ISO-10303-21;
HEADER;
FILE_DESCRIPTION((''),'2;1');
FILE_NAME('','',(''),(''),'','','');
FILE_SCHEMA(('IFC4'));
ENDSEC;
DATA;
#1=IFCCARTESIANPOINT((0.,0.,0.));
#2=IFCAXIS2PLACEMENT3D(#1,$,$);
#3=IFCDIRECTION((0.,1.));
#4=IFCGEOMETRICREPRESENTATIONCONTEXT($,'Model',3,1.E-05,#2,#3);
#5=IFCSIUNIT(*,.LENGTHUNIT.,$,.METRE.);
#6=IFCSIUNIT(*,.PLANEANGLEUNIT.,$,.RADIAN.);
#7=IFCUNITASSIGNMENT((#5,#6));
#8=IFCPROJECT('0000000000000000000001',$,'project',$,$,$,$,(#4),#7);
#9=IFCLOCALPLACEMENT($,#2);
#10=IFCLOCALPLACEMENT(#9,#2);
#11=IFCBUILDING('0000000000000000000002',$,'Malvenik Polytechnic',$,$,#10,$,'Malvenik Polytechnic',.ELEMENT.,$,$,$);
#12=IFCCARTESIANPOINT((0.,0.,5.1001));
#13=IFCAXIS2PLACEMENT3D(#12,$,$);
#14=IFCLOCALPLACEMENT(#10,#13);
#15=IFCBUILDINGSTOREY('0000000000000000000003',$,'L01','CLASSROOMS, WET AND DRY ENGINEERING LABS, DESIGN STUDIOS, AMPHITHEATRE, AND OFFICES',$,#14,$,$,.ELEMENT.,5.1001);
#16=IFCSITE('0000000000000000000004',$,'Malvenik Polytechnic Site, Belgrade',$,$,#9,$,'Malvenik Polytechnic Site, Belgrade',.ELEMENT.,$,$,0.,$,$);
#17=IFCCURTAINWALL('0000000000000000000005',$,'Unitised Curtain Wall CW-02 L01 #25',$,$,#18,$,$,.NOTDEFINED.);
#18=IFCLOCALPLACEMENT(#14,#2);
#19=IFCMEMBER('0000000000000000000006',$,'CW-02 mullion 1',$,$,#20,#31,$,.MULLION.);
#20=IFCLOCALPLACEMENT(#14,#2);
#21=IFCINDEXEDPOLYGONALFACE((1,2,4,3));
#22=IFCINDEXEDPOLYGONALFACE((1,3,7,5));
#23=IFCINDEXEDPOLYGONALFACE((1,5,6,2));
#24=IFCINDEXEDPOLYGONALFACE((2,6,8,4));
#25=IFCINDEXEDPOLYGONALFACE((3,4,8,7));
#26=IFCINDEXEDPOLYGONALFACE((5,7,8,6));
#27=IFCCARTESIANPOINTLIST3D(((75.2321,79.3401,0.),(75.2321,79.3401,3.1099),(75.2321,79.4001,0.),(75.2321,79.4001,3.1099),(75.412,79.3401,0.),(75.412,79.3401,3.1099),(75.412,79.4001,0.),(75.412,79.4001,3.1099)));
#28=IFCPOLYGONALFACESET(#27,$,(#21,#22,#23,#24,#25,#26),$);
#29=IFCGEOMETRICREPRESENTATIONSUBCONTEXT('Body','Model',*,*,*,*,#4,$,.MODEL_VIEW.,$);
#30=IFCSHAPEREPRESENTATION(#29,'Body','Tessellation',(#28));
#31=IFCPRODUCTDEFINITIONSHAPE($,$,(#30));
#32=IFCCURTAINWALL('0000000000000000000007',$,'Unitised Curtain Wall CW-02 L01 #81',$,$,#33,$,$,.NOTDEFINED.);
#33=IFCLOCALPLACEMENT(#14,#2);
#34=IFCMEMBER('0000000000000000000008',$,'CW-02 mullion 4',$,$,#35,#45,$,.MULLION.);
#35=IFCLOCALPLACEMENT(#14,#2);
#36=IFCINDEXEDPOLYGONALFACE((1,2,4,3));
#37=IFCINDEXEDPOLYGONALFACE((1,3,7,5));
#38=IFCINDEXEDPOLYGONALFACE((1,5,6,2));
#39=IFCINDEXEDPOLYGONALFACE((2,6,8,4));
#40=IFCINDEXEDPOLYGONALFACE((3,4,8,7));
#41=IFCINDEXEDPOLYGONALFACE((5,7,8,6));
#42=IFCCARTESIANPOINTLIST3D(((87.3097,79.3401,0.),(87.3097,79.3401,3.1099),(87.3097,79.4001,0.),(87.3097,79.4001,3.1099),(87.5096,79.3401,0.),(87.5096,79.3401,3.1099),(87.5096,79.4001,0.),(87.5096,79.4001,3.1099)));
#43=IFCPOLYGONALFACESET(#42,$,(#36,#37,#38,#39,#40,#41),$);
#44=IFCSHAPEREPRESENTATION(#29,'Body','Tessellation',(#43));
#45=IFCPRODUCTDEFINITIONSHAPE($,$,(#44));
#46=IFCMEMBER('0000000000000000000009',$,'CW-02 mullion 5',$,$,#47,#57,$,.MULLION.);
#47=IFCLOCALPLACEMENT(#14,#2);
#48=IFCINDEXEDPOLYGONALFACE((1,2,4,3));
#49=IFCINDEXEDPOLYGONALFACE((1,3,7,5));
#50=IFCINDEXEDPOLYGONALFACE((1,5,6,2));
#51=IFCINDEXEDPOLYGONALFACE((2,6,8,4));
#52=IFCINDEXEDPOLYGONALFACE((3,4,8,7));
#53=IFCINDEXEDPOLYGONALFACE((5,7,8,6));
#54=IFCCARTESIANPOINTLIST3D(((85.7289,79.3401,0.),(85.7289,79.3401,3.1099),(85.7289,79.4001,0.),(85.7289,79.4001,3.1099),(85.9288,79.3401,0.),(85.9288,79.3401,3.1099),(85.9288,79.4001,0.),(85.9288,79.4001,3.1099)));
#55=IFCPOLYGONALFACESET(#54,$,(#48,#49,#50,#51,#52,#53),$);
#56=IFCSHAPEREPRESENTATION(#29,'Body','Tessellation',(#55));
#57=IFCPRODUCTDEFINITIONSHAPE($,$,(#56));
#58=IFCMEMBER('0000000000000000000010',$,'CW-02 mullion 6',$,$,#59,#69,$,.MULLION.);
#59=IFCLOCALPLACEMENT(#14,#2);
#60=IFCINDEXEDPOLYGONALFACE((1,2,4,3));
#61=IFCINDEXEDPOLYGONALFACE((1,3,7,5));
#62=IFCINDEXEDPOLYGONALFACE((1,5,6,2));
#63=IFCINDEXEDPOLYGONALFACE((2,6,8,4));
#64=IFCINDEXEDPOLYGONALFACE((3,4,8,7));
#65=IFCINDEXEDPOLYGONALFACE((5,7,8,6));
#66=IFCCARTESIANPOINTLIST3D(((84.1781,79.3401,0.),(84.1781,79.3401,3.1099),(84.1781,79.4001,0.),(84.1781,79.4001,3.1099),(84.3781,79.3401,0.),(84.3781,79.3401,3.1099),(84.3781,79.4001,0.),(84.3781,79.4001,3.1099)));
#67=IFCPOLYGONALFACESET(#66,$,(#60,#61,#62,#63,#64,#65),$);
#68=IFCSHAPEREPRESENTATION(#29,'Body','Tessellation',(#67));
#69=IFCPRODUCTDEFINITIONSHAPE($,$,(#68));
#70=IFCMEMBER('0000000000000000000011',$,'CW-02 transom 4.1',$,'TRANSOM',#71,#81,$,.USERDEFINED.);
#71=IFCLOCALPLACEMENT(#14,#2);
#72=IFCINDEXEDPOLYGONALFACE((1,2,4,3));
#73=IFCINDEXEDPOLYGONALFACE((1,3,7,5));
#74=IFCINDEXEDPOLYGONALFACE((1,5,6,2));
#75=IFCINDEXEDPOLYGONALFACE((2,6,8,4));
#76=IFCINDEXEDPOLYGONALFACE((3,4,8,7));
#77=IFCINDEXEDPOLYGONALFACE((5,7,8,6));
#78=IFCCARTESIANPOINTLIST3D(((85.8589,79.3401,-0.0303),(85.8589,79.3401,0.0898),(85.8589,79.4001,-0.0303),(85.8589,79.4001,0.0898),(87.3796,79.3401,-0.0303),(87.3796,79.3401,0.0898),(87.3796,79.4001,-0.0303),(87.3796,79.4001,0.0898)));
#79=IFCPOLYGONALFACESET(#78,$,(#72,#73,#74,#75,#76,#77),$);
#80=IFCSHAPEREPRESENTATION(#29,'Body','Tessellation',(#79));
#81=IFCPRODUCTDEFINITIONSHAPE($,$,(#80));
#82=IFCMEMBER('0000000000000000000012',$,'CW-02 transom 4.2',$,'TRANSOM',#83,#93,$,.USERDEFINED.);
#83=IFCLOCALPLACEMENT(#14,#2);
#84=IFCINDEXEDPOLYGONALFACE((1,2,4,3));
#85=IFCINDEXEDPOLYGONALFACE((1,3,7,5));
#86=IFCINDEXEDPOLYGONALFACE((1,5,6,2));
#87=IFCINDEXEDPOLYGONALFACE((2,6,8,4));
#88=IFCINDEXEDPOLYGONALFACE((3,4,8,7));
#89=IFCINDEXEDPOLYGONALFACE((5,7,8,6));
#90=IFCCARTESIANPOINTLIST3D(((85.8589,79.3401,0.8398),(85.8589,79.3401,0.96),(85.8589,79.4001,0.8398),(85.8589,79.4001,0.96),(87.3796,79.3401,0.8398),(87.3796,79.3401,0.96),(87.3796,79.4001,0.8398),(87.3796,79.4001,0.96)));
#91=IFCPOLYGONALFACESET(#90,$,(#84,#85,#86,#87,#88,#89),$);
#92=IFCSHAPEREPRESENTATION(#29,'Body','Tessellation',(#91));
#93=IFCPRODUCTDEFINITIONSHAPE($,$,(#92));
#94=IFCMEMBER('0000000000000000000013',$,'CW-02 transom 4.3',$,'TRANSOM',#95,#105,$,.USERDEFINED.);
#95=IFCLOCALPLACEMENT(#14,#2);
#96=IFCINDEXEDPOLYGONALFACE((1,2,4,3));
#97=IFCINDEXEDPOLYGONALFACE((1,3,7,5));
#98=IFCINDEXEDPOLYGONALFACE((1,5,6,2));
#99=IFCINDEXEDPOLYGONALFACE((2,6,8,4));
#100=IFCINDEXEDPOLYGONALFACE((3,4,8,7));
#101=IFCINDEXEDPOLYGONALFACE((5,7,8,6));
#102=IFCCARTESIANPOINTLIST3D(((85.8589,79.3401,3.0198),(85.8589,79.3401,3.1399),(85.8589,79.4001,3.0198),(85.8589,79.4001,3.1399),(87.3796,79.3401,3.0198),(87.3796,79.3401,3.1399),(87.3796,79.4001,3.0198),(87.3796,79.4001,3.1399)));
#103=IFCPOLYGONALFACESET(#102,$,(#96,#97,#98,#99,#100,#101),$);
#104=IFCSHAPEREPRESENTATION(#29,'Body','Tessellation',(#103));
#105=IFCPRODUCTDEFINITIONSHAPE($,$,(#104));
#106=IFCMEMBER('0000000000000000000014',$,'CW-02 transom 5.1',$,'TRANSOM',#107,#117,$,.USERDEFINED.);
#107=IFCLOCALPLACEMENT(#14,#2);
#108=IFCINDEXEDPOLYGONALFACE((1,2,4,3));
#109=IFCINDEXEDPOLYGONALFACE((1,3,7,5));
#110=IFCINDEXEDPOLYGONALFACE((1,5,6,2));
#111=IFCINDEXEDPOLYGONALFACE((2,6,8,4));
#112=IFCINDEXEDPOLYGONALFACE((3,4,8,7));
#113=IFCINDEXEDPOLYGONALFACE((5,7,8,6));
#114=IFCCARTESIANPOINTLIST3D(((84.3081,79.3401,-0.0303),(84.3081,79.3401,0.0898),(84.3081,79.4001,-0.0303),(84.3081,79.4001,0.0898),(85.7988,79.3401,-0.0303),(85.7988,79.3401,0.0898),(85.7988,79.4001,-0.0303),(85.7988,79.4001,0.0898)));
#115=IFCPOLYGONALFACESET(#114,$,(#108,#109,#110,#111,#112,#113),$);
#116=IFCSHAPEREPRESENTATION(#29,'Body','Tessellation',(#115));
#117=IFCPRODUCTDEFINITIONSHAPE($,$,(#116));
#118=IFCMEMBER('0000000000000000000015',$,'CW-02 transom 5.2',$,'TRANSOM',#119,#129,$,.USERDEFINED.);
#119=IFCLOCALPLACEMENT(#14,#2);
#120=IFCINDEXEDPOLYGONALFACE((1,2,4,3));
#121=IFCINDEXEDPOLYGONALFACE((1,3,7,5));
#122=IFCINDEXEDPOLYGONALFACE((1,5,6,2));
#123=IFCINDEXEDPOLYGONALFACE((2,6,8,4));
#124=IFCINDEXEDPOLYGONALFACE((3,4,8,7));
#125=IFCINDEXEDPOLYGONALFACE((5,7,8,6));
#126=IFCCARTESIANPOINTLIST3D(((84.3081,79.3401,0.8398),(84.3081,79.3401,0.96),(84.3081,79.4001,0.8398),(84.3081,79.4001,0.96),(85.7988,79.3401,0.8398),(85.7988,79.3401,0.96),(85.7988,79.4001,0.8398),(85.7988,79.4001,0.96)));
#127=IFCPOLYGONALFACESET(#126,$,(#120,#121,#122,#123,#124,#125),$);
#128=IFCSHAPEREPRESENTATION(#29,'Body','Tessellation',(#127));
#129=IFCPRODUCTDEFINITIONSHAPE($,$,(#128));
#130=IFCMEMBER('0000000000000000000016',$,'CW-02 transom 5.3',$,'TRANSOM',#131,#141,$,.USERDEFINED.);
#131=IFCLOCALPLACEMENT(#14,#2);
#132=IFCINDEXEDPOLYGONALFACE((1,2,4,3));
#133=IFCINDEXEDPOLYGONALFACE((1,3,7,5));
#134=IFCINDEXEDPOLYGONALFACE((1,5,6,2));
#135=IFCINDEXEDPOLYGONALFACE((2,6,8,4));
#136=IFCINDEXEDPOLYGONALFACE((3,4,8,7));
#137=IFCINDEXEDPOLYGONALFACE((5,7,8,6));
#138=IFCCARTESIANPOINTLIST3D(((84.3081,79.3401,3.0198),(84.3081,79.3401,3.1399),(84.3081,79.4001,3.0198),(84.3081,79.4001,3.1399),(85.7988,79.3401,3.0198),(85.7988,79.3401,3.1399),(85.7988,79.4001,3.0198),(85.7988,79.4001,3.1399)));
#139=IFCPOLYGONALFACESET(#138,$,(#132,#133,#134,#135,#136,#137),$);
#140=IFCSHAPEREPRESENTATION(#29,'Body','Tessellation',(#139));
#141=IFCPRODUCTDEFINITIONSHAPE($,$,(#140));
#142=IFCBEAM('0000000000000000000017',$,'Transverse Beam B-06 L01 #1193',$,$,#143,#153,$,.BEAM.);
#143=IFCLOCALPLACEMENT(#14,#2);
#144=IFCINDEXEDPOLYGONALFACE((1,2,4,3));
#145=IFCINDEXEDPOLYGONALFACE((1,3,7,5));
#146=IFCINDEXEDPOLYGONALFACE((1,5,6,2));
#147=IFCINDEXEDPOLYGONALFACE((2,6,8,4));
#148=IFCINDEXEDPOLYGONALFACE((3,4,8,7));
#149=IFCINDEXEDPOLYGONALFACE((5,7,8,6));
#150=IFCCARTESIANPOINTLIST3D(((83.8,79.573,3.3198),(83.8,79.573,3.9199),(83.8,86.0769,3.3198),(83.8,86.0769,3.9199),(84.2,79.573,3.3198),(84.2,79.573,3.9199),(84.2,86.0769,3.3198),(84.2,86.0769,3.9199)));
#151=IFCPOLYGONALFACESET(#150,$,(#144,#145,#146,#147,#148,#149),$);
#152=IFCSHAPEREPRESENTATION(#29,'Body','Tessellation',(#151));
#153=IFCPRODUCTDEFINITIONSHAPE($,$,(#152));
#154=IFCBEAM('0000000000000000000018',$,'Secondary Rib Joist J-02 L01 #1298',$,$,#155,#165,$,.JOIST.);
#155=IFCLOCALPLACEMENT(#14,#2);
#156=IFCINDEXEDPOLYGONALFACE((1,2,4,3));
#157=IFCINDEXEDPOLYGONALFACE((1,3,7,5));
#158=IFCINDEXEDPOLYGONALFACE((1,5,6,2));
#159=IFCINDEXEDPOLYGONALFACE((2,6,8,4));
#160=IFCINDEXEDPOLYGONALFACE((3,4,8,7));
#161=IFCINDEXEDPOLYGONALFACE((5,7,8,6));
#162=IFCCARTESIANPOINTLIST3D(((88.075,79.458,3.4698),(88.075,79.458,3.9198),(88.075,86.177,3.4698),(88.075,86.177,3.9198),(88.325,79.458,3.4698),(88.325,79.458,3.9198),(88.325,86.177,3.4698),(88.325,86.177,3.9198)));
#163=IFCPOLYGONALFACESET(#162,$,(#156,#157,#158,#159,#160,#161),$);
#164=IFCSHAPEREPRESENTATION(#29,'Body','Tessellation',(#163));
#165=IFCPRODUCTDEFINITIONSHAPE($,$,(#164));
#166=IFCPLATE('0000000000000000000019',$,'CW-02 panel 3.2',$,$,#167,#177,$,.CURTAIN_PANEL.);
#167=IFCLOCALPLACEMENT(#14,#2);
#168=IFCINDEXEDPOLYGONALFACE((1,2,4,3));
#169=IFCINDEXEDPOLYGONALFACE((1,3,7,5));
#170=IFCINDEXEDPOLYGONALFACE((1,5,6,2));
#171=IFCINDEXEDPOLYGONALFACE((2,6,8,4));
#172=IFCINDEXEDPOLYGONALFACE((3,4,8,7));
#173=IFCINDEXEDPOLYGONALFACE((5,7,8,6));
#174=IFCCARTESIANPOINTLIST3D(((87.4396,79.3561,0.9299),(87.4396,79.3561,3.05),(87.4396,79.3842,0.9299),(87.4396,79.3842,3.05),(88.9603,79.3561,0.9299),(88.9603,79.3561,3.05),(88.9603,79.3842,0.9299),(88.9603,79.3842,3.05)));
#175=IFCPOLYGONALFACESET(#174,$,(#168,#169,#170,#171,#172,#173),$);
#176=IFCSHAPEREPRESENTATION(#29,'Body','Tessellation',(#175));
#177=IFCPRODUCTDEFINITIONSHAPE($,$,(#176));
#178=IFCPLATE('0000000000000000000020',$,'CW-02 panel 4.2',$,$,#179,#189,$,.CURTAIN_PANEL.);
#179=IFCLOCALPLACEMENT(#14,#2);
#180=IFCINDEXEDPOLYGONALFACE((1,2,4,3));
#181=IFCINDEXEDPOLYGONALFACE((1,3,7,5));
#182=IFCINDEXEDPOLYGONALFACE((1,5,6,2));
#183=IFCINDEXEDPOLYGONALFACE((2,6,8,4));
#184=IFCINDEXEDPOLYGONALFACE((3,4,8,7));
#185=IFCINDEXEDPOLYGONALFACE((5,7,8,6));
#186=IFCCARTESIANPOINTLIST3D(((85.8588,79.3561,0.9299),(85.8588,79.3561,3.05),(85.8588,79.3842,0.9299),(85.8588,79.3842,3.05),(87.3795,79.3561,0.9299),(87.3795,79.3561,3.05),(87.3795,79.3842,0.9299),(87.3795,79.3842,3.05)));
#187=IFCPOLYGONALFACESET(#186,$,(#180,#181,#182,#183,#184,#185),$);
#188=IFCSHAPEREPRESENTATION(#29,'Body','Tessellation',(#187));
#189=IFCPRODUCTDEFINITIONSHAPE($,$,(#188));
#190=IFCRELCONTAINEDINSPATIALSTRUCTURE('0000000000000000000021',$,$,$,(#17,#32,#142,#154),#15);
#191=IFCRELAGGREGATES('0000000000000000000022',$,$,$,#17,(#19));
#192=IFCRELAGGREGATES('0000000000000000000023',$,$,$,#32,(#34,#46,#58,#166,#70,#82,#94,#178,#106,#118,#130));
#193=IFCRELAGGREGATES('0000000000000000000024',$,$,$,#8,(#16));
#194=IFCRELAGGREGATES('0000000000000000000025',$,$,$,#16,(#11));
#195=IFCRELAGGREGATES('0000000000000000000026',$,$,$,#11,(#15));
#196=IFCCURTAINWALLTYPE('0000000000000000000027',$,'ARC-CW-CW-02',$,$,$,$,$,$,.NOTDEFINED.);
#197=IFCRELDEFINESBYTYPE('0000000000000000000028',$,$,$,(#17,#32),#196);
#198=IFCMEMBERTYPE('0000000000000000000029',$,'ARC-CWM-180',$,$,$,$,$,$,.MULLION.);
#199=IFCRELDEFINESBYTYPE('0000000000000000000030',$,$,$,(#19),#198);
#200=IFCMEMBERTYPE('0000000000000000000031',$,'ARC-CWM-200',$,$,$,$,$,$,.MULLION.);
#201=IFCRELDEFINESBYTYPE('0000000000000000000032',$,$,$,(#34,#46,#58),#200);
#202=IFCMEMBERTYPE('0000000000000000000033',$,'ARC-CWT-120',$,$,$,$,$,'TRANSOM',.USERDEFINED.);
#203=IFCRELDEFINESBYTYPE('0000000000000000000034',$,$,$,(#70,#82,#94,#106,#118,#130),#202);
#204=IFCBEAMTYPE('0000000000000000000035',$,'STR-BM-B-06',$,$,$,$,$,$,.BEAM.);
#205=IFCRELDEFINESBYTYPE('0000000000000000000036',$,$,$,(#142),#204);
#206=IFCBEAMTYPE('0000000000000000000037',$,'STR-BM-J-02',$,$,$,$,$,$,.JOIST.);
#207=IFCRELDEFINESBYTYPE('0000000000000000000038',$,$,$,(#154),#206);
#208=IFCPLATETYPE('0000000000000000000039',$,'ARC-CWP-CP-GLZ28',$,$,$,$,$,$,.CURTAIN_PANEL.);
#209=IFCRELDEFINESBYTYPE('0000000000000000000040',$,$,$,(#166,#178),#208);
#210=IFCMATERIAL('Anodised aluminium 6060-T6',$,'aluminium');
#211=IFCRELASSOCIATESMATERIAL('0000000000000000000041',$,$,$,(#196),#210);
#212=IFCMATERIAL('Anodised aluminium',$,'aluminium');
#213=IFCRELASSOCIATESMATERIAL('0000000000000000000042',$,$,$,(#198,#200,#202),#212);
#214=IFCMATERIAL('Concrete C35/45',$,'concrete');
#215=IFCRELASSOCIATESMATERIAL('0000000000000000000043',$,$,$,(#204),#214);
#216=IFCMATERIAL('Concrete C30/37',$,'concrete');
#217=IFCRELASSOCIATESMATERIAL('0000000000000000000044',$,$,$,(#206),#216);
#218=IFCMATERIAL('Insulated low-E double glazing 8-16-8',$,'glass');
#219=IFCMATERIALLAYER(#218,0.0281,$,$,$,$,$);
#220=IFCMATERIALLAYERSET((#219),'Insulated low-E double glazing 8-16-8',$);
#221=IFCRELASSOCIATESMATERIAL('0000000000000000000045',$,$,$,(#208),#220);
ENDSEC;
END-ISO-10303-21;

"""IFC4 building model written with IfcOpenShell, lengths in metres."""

from ifc_helpers import new_model, si_unit, direction, frame, origin, origin_2d, place, context, subcontext, project, spatial, rectangle, extrude, material, layer, layer_set, material_profile, profile_set, type_object, element, aggregate, save


model = new_model("IFC4")

# Units and contexts
model_context = context("Model", 3, precision=1e-05, world=origin(), true_north=direction((0.0, 1.0)))
body_context = subcontext(model_context, "Body", "Model", "MODEL_VIEW")
ifc_project = project(units=[si_unit("LENGTHUNIT", "METRE"), si_unit("PLANEANGLEUNIT", "RADIAN")], contexts=[model_context])

# Site, building, storey
site_placement = place(None, origin())
site = spatial("IfcSite", under=ifc_project, at=site_placement, Name="Malvenik Polytechnic Site, Belgrade", LongName="Malvenik Polytechnic Site, Belgrade", CompositionType="ELEMENT", RefElevation=0.0)
building_placement = place(site_placement, origin())
building = spatial("IfcBuilding", under=site, at=building_placement, Name="Malvenik Polytechnic", LongName="Malvenik Polytechnic", CompositionType="ELEMENT")
storey_placement = place(building_placement, frame((0.0, 0.0, 5.1001)))
storey = spatial("IfcBuildingStorey", under=building, at=storey_placement, Name="L01", Description="CLASSROOMS, WET AND DRY ENGINEERING LABS, DESIGN STUDIOS, AMPHITHEATRE, AND OFFICES", CompositionType="ELEMENT", Elevation=5.1001)

# Curtain wall, member
ifc_material_1 = material(Name="Anodised aluminium 6060-T6", Category="aluminium")
curtain_wall_type = type_object("IfcCurtainWallType", Name="ARC-CW-CW-02", PredefinedType="NOTDEFINED", material=ifc_material_1)
curtain_wall_1_placement = place(storey_placement, origin())
curtain_wall_1 = element("IfcCurtainWall", 1, at=curtain_wall_1_placement, inside=storey, type_object=curtain_wall_type, Name="Unitised Curtain Wall CW-02 L01 #25", PredefinedType="NOTDEFINED")
ifc_material_2 = material(Name="Anodised aluminium", Category="aluminium")
ifc_material_profile_1 = material_profile(ifc_material_2, rectangle(XDim=0.0601, YDim=0.1799, at=origin_2d()), Name="ALU MULLION 60x180")
ifc_profile_set_1 = profile_set([ifc_material_profile_1], Name="Anodised aluminium")
member_type_1 = type_object("IfcMemberType", Name="ARC-CWM-180", PredefinedType="MULLION", material=ifc_profile_set_1)
member_1_placement = place(storey_placement, frame((75.322, 79.3701, 0.0), z_axis=(0.0, 0.0, 1.0), x_axis=(0.0, -1.0, 0.0)))
member_1 = element("IfcMember", 2, at=member_1_placement, type_object=member_type_1, Name="CW-02 mullion 1", PredefinedType="MULLION", context=body_context, shape_type="SweptSolid", body=[
    extrude(rectangle(XDim=0.0601, YDim=0.1799, at=origin_2d()), origin(), (0.0, 0.0, 1.0), 3.1099),
])
aggregate(curtain_wall_1, [member_1])

# Curtain wall, members
curtain_wall_2_placement = place(storey_placement, origin())
curtain_wall_2 = element("IfcCurtainWall", 3, at=curtain_wall_2_placement, inside=storey, type_object=curtain_wall_type, Name="Unitised Curtain Wall CW-02 L01 #81", PredefinedType="NOTDEFINED")
ifc_material_profile_2 = material_profile(ifc_material_2, rectangle(XDim=0.0601, YDim=0.2, at=origin_2d()), Name="ALU MULLION 60x200")
ifc_profile_set_2 = profile_set([ifc_material_profile_2], Name="Anodised aluminium")
member_type_2 = type_object("IfcMemberType", Name="ARC-CWM-200", PredefinedType="MULLION", material=ifc_profile_set_2)
member_2_placement = place(storey_placement, frame((87.4097, 79.3701, 0.0), z_axis=(0.0, 0.0, 1.0), x_axis=(0.0, -1.0, 0.0)))
member_2 = element("IfcMember", 4, at=member_2_placement, type_object=member_type_2, Name="CW-02 mullion 4", PredefinedType="MULLION", context=body_context, shape_type="SweptSolid", body=[
    extrude(rectangle(XDim=0.0601, YDim=0.2, at=origin_2d()), origin(), (0.0, 0.0, 1.0), 3.1099),
])
member_3_placement = place(storey_placement, frame((85.8289, 79.3701, 0.0), z_axis=(0.0, 0.0, 1.0), x_axis=(0.0, -1.0, 0.0)))
member_3 = element("IfcMember", 5, at=member_3_placement, type_object=member_type_2, Name="CW-02 mullion 5", PredefinedType="MULLION", context=body_context, shape_type="SweptSolid", body=[
    extrude(rectangle(XDim=0.0601, YDim=0.2, at=origin_2d()), origin(), (0.0, 0.0, 1.0), 3.1099),
])
member_4_placement = place(storey_placement, frame((84.2781, 79.3701, 0.0), z_axis=(0.0, 0.0, 1.0), x_axis=(0.0, -1.0, 0.0)))
member_4 = element("IfcMember", 6, at=member_4_placement, type_object=member_type_2, Name="CW-02 mullion 6", PredefinedType="MULLION", context=body_context, shape_type="SweptSolid", body=[
    extrude(rectangle(XDim=0.0601, YDim=0.2, at=origin_2d()), origin(), (0.0, 0.0, 1.0), 3.1099),
])
ifc_material_profile_3 = material_profile(ifc_material_2, rectangle(XDim=0.0601, YDim=0.1201, at=origin_2d()), Name="ALU TRANSOM 60x120")
ifc_profile_set_3 = profile_set([ifc_material_profile_3], Name="Anodised aluminium")
member_type_3 = type_object("IfcMemberType", Name="ARC-CWT-120", ElementType="TRANSOM", PredefinedType="USERDEFINED", material=ifc_profile_set_3)
member_5_placement = place(storey_placement, frame((87.3796, 79.3701, 0.0298), z_axis=(-1.0, 0.0, 0.0), x_axis=(0.0, -1.0, 0.0)))
member_5 = element("IfcMember", 7, at=member_5_placement, type_object=member_type_3, Name="CW-02 transom 4.1", ObjectType="TRANSOM", PredefinedType="USERDEFINED", context=body_context, shape_type="SweptSolid", body=[
    extrude(rectangle(XDim=0.0601, YDim=0.1201, at=origin_2d()), origin(), (0.0, 0.0, 1.0), 1.5208),
])
member_6_placement = place(storey_placement, frame((87.3796, 79.3701, 0.8999), z_axis=(-1.0, 0.0, 0.0), x_axis=(0.0, -1.0, 0.0)))
member_6 = element("IfcMember", 8, at=member_6_placement, type_object=member_type_3, Name="CW-02 transom 4.2", ObjectType="TRANSOM", PredefinedType="USERDEFINED", context=body_context, shape_type="SweptSolid", body=[
    extrude(rectangle(XDim=0.0601, YDim=0.1201, at=origin_2d()), origin(), (0.0, 0.0, 1.0), 1.5208),
])
member_7_placement = place(storey_placement, frame((87.3796, 79.3701, 3.0798), z_axis=(-1.0, 0.0, 0.0), x_axis=(0.0, -1.0, 0.0)))
member_7 = element("IfcMember", 9, at=member_7_placement, type_object=member_type_3, Name="CW-02 transom 4.3", ObjectType="TRANSOM", PredefinedType="USERDEFINED", context=body_context, shape_type="SweptSolid", body=[
    extrude(rectangle(XDim=0.0601, YDim=0.1201, at=origin_2d()), origin(), (0.0, 0.0, 1.0), 1.5208),
])
member_8_placement = place(storey_placement, frame((85.7988, 79.3701, 0.0298), z_axis=(-1.0, 0.0, 0.0), x_axis=(0.0, -1.0, 0.0)))
member_8 = element("IfcMember", 10, at=member_8_placement, type_object=member_type_3, Name="CW-02 transom 5.1", ObjectType="TRANSOM", PredefinedType="USERDEFINED", context=body_context, shape_type="SweptSolid", body=[
    extrude(rectangle(XDim=0.0601, YDim=0.1201, at=origin_2d()), origin(), (0.0, 0.0, 1.0), 1.4907),
])
member_9_placement = place(storey_placement, frame((85.7988, 79.3701, 0.8999), z_axis=(-1.0, 0.0, 0.0), x_axis=(0.0, -1.0, 0.0)))
member_9 = element("IfcMember", 11, at=member_9_placement, type_object=member_type_3, Name="CW-02 transom 5.2", ObjectType="TRANSOM", PredefinedType="USERDEFINED", context=body_context, shape_type="SweptSolid", body=[
    extrude(rectangle(XDim=0.0601, YDim=0.1201, at=origin_2d()), origin(), (0.0, 0.0, 1.0), 1.4907),
])
member_10_placement = place(storey_placement, frame((85.7988, 79.3701, 3.0798), z_axis=(-1.0, 0.0, 0.0), x_axis=(0.0, -1.0, 0.0)))
member_10 = element("IfcMember", 12, at=member_10_placement, type_object=member_type_3, Name="CW-02 transom 5.3", ObjectType="TRANSOM", PredefinedType="USERDEFINED", context=body_context, shape_type="SweptSolid", body=[
    extrude(rectangle(XDim=0.0601, YDim=0.1201, at=origin_2d()), origin(), (0.0, 0.0, 1.0), 1.4907),
])

# Beams
ifc_material_3 = material(Name="Concrete C35/45", Category="concrete")
ifc_material_profile_4 = material_profile(ifc_material_3, rectangle(XDim=0.3999, YDim=0.6001, at=origin_2d()), Name="RC BM 400x600")
ifc_profile_set_4 = profile_set([ifc_material_profile_4], Name="Concrete C35/45")
beam_type_1 = type_object("IfcBeamType", Name="STR-BM-B-06", PredefinedType="BEAM", material=ifc_profile_set_4)
beam_1_placement = place(storey_placement, frame((84.0, 79.573, 3.6199), z_axis=(0.0, 1.0, 0.0), x_axis=(-1.0, 0.0, 0.0)))
element("IfcBeam", 13, at=beam_1_placement, inside=storey, type_object=beam_type_1, Name="Transverse Beam B-06 L01 #1193", PredefinedType="BEAM", context=body_context, shape_type="SweptSolid", body=[
    extrude(rectangle(XDim=0.3999, YDim=0.6001, at=origin_2d()), origin(), (0.0, 0.0, 1.0), 6.5039),
])
ifc_material_4 = material(Name="Concrete C30/37", Category="concrete")
ifc_material_profile_5 = material_profile(ifc_material_4, rectangle(XDim=0.25, YDim=0.45, at=origin_2d()), Name="RC JST 250x450")
ifc_profile_set_5 = profile_set([ifc_material_profile_5], Name="Concrete C30/37")
beam_type_2 = type_object("IfcBeamType", Name="STR-BM-J-02", PredefinedType="JOIST", material=ifc_profile_set_5)
beam_2_placement = place(storey_placement, frame((88.2, 79.458, 3.6948), z_axis=(0.0, 1.0, 0.0), x_axis=(-1.0, 0.0, 0.0)))
element("IfcBeam", 14, at=beam_2_placement, inside=storey, type_object=beam_type_2, Name="Secondary Rib Joist J-02 L01 #1298", PredefinedType="JOIST", context=body_context, shape_type="SweptSolid", body=[
    extrude(rectangle(XDim=0.25, YDim=0.45, at=origin_2d()), origin(), (0.0, 0.0, 1.0), 6.719),
])

# Plates
ifc_material_5 = material(Name="Insulated low-E double glazing 8-16-8", Category="glass")
ifc_layer_1 = layer(ifc_material_5, 0.0281)
ifc_layer_set_1 = layer_set([ifc_layer_1], Name="Insulated low-E double glazing 8-16-8")
plate_type_1 = type_object("IfcPlateType", Name="ARC-CWP-CP-GLZ28", PredefinedType="CURTAIN_PANEL", material=ifc_layer_set_1)
plate_1_placement = place(storey_placement, frame((88.2, 79.3701, 0.9299), z_axis=(0.0, 0.0, 1.0), x_axis=(-1.0, 0.0, 0.0)))
plate_1 = element("IfcPlate", 15, at=plate_1_placement, type_object=plate_type_1, Name="CW-02 panel 3.2", PredefinedType="CURTAIN_PANEL", context=body_context, shape_type="SweptSolid", body=[
    extrude(rectangle(XDim=1.5208, YDim=0.0281, at=origin_2d()), origin(), (0.0, 0.0, 1.0), 2.1201),
])
plate_2_placement = place(storey_placement, frame((86.6191, 79.3701, 0.9299), z_axis=(0.0, 0.0, 1.0), x_axis=(-1.0, 0.0, 0.0)))
plate_2 = element("IfcPlate", 16, at=plate_2_placement, type_object=plate_type_1, Name="CW-02 panel 4.2", PredefinedType="CURTAIN_PANEL", context=body_context, shape_type="SweptSolid", body=[
    extrude(rectangle(XDim=1.5208, YDim=0.0281, at=origin_2d()), origin(), (0.0, 0.0, 1.0), 2.1201),
])
aggregate(curtain_wall_2, [member_2, member_3, member_4, plate_1, member_5, member_6, member_7, plate_2, member_8, member_9, member_10])

save(model, "model.ifc")
